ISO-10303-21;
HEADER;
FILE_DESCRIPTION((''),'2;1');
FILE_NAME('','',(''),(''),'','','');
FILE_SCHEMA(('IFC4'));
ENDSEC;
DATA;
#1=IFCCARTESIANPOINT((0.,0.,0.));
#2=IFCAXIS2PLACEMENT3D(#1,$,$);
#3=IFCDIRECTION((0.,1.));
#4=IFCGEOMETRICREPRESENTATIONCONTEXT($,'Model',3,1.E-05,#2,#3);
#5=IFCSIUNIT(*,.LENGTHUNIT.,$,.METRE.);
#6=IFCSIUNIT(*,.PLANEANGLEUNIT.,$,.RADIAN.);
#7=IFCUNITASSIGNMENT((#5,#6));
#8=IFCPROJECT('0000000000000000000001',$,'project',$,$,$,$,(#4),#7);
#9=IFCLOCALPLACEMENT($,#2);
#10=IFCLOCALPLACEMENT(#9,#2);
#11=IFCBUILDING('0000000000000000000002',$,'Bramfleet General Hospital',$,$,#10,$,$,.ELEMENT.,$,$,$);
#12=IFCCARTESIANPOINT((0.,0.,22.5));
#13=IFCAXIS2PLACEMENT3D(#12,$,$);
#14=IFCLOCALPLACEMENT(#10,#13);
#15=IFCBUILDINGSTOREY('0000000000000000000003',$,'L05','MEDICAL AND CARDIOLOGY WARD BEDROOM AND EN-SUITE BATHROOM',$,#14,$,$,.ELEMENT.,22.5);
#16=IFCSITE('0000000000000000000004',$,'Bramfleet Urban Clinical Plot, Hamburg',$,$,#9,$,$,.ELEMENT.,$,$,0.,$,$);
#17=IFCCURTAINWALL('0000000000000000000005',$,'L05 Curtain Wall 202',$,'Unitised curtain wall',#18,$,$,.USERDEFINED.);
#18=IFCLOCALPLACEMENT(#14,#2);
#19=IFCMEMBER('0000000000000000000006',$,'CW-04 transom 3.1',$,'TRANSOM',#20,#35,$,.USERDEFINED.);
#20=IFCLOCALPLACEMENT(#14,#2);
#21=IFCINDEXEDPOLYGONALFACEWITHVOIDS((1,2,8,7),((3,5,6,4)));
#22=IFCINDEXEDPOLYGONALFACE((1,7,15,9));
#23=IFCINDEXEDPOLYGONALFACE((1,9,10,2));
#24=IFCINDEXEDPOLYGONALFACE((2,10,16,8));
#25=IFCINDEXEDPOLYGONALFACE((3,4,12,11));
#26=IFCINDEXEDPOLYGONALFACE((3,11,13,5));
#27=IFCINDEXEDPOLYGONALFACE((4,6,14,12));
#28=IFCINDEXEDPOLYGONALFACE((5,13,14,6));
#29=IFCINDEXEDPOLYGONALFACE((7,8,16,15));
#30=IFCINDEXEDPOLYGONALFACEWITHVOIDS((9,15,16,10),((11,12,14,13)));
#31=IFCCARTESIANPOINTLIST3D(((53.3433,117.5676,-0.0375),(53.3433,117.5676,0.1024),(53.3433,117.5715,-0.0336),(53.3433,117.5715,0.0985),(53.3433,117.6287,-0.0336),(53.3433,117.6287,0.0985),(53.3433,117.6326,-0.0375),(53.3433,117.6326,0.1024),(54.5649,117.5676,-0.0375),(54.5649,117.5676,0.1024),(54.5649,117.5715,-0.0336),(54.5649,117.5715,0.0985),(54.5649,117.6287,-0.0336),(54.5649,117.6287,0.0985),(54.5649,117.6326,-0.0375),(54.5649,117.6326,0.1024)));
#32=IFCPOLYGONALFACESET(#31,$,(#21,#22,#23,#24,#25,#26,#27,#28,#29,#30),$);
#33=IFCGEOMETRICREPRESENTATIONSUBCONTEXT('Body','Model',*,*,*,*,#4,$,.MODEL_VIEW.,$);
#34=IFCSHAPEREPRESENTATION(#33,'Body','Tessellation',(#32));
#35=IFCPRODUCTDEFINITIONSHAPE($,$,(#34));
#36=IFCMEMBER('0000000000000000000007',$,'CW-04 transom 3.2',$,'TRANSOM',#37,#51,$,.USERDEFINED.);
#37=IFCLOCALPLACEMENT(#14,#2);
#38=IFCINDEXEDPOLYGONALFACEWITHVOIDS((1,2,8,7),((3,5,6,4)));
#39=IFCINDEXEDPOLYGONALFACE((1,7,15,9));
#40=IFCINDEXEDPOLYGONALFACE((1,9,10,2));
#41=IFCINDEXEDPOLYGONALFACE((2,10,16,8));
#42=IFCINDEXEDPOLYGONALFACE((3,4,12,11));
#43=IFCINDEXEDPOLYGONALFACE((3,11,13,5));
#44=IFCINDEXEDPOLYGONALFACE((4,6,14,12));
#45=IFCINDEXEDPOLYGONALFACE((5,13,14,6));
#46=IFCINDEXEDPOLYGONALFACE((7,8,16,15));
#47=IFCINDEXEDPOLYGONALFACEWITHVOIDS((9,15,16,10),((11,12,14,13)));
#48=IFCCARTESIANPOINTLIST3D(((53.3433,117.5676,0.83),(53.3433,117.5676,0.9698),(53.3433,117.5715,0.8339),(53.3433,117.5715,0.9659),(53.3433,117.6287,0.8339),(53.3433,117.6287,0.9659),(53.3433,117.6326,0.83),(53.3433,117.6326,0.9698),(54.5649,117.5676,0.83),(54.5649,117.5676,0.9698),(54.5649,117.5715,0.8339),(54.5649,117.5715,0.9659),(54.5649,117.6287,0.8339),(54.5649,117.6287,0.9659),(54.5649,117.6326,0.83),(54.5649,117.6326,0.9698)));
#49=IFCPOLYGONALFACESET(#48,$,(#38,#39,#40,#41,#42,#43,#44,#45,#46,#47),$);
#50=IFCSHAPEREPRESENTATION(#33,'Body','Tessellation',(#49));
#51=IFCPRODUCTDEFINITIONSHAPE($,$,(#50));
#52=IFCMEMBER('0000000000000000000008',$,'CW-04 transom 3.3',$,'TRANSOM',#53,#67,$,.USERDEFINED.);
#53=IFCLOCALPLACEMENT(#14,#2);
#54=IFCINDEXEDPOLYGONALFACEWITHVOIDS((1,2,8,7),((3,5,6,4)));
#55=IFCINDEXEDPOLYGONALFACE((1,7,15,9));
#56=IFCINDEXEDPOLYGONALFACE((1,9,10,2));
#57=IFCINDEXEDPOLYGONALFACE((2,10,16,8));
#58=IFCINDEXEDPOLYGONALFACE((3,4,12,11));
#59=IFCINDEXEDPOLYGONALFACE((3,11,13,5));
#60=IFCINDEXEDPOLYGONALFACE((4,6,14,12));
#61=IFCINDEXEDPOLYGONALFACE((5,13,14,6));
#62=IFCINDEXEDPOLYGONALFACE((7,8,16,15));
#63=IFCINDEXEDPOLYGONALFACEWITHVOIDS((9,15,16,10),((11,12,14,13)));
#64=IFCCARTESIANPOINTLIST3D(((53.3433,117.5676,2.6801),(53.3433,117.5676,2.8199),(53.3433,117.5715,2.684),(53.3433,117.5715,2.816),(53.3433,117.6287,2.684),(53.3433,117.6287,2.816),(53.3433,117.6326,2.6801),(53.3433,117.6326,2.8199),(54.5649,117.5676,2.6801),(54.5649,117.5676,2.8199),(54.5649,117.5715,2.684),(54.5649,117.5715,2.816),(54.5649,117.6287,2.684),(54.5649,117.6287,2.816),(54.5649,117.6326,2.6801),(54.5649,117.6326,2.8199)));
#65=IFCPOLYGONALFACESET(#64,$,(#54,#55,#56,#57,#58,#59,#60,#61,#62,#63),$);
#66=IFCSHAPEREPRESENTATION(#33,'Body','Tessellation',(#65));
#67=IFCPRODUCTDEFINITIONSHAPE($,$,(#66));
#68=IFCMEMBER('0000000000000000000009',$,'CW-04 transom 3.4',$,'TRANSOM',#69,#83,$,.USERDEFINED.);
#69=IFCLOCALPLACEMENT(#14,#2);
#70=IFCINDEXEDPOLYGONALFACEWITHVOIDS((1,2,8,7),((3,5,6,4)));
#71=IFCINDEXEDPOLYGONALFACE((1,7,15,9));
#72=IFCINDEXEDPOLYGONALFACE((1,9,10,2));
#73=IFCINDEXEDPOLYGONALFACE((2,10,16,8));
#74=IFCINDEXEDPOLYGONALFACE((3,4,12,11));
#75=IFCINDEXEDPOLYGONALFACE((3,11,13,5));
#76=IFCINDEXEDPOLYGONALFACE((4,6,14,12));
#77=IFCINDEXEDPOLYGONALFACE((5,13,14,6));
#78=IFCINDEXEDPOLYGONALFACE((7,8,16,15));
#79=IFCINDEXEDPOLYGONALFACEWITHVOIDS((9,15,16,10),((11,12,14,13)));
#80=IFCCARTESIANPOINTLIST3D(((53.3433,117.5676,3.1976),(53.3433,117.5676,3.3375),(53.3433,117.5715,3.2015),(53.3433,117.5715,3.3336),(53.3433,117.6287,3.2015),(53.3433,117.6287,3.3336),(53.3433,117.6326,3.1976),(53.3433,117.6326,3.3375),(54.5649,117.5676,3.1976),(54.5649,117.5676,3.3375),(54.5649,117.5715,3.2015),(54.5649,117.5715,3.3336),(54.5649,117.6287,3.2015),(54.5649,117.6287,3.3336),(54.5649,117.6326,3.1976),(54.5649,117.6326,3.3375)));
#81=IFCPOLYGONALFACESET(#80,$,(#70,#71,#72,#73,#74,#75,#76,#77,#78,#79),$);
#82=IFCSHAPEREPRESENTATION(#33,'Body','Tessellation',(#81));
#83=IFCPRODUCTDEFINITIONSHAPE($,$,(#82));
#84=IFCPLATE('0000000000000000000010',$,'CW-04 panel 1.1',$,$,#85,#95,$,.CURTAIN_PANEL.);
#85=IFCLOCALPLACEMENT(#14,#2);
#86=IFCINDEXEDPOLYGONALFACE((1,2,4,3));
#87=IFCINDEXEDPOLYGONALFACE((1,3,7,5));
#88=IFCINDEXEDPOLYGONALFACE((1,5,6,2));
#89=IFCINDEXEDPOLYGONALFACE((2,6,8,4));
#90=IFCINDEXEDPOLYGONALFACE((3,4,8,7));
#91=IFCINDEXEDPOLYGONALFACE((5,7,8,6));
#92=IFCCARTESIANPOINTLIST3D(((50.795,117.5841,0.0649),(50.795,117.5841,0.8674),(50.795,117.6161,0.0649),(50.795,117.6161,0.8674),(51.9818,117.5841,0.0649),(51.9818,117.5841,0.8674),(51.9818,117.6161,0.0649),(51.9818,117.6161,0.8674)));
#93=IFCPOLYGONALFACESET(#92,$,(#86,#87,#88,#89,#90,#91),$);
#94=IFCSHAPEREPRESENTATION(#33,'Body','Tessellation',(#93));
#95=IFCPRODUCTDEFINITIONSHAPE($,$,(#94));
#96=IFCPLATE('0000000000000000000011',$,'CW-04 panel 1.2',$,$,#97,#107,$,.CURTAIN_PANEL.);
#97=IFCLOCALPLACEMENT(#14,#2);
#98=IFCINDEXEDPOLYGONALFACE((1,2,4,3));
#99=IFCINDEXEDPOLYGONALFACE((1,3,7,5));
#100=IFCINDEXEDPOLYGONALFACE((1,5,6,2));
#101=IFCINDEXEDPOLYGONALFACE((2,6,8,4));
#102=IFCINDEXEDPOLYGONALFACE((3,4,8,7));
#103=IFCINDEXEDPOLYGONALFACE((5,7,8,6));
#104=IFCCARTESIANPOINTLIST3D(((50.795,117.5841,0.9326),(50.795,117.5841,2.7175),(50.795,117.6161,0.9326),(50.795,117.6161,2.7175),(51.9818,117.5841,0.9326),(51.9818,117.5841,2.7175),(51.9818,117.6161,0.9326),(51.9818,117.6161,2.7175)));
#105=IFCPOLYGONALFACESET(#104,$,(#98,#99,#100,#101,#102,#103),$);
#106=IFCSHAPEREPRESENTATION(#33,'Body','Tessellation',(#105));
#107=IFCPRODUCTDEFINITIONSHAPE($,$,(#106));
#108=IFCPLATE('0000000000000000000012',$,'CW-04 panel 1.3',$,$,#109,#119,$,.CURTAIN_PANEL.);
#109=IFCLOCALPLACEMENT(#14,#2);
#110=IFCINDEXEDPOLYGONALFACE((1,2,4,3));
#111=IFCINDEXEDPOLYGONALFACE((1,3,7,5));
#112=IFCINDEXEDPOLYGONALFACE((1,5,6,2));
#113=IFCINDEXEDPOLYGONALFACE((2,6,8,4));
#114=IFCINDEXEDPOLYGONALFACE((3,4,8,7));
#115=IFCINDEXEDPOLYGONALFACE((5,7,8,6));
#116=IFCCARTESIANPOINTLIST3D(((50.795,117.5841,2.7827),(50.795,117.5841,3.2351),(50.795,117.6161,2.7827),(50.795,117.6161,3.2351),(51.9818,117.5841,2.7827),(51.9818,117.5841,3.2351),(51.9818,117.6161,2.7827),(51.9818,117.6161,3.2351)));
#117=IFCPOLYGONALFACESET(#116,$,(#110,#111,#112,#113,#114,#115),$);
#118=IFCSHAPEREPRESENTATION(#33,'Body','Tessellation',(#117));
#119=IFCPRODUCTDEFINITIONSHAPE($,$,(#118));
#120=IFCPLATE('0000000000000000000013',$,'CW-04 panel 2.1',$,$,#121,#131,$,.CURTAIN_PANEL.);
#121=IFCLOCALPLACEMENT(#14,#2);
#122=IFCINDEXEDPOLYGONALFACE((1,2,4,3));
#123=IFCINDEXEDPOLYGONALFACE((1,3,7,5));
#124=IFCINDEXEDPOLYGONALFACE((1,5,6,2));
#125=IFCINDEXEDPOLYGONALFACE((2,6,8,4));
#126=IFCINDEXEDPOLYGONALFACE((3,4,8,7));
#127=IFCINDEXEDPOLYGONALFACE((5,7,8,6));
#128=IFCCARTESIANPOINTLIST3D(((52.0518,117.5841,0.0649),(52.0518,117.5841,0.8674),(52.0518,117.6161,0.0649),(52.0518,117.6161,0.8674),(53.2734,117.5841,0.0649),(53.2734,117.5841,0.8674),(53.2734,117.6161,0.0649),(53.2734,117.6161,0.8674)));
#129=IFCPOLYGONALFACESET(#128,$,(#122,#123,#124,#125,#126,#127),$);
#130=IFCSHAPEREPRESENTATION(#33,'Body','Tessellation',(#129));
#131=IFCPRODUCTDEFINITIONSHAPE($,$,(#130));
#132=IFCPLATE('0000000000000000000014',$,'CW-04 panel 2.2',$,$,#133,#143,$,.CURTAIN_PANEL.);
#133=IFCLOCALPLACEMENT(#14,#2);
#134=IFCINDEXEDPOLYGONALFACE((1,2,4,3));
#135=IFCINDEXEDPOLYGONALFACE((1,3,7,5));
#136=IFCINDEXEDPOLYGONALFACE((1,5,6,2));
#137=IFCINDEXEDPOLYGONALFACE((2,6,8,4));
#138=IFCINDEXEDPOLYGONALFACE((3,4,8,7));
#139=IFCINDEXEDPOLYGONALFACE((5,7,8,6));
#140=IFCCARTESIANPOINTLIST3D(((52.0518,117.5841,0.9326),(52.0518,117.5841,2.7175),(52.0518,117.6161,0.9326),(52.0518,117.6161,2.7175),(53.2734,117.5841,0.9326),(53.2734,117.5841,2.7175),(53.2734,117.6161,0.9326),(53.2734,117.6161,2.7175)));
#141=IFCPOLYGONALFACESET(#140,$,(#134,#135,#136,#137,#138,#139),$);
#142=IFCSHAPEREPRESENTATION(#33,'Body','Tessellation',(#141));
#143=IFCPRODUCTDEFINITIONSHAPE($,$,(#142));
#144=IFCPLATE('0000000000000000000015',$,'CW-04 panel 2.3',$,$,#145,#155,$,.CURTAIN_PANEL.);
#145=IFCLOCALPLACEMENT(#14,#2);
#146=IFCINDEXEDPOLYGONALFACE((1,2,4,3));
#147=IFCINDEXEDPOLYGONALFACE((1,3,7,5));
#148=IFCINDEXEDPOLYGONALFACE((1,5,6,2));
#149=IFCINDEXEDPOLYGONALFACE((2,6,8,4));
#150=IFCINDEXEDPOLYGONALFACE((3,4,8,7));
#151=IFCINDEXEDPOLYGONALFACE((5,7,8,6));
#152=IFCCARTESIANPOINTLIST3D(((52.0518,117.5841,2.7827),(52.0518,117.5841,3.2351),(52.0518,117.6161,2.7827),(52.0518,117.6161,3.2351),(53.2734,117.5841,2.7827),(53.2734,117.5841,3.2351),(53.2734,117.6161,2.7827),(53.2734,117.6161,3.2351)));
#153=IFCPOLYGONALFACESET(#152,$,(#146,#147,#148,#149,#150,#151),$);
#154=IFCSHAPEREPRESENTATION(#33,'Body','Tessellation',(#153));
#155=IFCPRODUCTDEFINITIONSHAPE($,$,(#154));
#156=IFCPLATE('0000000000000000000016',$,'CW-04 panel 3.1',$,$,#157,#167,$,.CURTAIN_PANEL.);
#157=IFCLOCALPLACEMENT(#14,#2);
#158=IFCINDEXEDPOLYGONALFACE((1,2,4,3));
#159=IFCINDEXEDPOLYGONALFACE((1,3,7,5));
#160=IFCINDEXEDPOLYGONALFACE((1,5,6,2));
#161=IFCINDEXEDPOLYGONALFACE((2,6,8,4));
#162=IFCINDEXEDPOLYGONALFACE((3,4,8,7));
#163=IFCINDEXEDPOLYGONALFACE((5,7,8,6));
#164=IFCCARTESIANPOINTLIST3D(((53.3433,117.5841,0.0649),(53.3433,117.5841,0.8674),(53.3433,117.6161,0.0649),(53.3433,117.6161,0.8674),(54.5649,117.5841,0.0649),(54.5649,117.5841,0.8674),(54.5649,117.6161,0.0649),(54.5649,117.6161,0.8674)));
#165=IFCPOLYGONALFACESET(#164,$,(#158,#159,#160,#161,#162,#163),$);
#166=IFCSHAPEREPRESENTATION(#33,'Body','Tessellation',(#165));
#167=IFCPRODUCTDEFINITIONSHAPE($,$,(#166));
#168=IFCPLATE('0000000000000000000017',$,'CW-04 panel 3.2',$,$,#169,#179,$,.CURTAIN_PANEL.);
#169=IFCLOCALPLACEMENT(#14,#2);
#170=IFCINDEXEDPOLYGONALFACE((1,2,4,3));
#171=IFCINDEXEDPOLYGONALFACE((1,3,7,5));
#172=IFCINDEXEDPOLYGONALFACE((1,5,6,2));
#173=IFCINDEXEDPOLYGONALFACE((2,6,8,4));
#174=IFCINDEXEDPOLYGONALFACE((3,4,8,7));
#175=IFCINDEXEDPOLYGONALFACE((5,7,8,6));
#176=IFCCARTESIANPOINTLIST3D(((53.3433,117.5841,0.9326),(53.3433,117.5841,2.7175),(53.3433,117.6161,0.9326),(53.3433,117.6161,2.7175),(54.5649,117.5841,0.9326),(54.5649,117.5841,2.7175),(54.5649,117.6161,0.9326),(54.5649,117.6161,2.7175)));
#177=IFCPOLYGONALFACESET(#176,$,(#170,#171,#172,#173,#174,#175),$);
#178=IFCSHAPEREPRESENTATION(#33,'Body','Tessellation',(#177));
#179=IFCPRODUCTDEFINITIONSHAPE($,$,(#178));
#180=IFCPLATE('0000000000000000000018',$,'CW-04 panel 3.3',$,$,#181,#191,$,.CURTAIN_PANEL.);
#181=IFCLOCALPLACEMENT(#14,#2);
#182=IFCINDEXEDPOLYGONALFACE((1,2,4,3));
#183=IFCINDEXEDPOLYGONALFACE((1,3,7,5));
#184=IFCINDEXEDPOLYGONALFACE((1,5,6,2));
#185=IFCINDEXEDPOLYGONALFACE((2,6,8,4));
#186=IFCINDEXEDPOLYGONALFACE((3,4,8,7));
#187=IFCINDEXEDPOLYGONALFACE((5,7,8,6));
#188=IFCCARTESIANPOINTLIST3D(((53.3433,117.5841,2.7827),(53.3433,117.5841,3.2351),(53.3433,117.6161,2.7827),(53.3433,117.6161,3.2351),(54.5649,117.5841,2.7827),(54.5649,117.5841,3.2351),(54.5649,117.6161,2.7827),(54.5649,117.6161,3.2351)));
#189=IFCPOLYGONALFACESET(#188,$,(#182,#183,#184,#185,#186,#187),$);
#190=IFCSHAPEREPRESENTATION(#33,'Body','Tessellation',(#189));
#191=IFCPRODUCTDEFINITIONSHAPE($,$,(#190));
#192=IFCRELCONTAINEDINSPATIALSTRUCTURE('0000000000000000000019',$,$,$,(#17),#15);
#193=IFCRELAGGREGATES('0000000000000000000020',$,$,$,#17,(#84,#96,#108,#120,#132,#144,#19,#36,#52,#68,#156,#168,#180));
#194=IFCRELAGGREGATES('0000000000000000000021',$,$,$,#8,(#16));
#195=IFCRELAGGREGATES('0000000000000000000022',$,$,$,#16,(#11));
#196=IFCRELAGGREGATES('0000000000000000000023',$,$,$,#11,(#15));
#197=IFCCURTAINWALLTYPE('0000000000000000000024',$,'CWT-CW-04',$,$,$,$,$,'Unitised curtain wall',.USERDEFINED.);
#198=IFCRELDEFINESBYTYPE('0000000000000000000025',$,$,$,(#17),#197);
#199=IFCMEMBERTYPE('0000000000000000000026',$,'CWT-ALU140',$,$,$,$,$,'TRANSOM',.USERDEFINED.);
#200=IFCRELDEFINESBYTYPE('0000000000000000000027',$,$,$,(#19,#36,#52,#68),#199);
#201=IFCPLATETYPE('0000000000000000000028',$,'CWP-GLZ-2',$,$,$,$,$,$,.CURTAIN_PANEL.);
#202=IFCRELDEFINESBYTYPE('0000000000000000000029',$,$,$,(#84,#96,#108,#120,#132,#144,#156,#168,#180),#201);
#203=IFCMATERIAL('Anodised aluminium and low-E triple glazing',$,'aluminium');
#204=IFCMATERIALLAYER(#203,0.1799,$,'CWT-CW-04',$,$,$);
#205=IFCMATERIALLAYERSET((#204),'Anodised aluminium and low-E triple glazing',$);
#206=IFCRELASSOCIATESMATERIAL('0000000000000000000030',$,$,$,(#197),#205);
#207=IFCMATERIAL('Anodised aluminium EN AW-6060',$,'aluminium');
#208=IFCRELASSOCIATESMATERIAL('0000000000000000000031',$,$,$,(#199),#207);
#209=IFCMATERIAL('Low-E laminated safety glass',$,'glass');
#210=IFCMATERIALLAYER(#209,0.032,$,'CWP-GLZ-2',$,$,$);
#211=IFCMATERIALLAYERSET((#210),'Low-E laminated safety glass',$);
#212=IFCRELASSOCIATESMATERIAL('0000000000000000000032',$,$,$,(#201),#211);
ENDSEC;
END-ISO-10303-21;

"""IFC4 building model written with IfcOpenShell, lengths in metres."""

from ifc_helpers import new_model, si_unit, direction, frame, origin, origin_2d, place, context, subcontext, project, spatial, rectangle, hollow_rectangle, extrude, material, layer, layer_set, material_profile, profile_set, type_object, element, aggregate, save


model = new_model("IFC4")

# Units and contexts
model_context = context("Model", 3, precision=1e-05, world=origin(), true_north=direction((0.0, 1.0)))
body_context = subcontext(model_context, "Body", "Model", "MODEL_VIEW")
ifc_project = project(units=[si_unit("LENGTHUNIT", "METRE"), si_unit("PLANEANGLEUNIT", "RADIAN")], contexts=[model_context])

# Site, building, storey
site_placement = place(None, origin())
site = spatial("IfcSite", under=ifc_project, at=site_placement, Name="Bramfleet Urban Clinical Plot, Hamburg", CompositionType="ELEMENT", RefElevation=0.0)
building_placement = place(site_placement, origin())
building = spatial("IfcBuilding", under=site, at=building_placement, Name="Bramfleet General Hospital", CompositionType="ELEMENT")
storey_placement = place(building_placement, frame((0.0, 0.0, 22.5)))
storey = spatial("IfcBuildingStorey", under=building, at=storey_placement, Name="L05", Description="MEDICAL AND CARDIOLOGY WARD BEDROOM AND EN-SUITE BATHROOM", CompositionType="ELEMENT", Elevation=22.5)

# Curtain wall, members, plates
ifc_material_1 = material(Name="Anodised aluminium and low-E triple glazing", Category="aluminium")
ifc_layer_1 = layer(ifc_material_1, 0.1799, Name="CWT-CW-04")
ifc_layer_set_1 = layer_set([ifc_layer_1], Name="Anodised aluminium and low-E triple glazing")
curtain_wall_type = type_object("IfcCurtainWallType", Name="CWT-CW-04", ElementType="Unitised curtain wall", PredefinedType="USERDEFINED", material=ifc_layer_set_1)
curtain_wall_placement = place(storey_placement, origin())
curtain_wall = element("IfcCurtainWall", 1, at=curtain_wall_placement, inside=storey, type_object=curtain_wall_type, Name="L05 Curtain Wall 202", ObjectType="Unitised curtain wall", PredefinedType="USERDEFINED")
ifc_material_2 = material(Name="Anodised aluminium EN AW-6060", Category="aluminium")
ifc_material_profile_1 = material_profile(ifc_material_2, hollow_rectangle(XDim=0.0649, YDim=0.1399, WallThickness=0.0039, at=origin_2d()), Name="ALU 140x65x4.0")
ifc_profile_set_1 = profile_set([ifc_material_profile_1], Name="Anodised aluminium EN AW-6060")
member_type_1 = type_object("IfcMemberType", Name="CWT-ALU140", ElementType="TRANSOM", PredefinedType="USERDEFINED", material=ifc_profile_set_1)
member_1_placement = place(storey_placement, frame((53.3433, 117.6001, 0.0325), z_axis=(1.0, 0.0, 0.0), x_axis=(0.0, 1.0, 0.0)))
member_1 = element("IfcMember", 2, at=member_1_placement, type_object=member_type_1, Name="CW-04 transom 3.1", ObjectType="TRANSOM", PredefinedType="USERDEFINED", context=body_context, shape_type="SweptSolid", body=[
    extrude(hollow_rectangle(XDim=0.0649, YDim=0.1399, WallThickness=0.0039, at=origin_2d()), origin(), (0.0, 0.0, 1.0), 1.2217),
])
member_2_placement = place(storey_placement, frame((53.3433, 117.6001, 0.8999), z_axis=(1.0, 0.0, 0.0), x_axis=(0.0, 1.0, 0.0)))
member_2 = element("IfcMember", 3, at=member_2_placement, type_object=member_type_1, Name="CW-04 transom 3.2", ObjectType="TRANSOM", PredefinedType="USERDEFINED", context=body_context, shape_type="SweptSolid", body=[
    extrude(hollow_rectangle(XDim=0.0649, YDim=0.1399, WallThickness=0.0039, at=origin_2d()), origin(), (0.0, 0.0, 1.0), 1.2217),
])
member_3_placement = place(storey_placement, frame((53.3433, 117.6001, 2.75), z_axis=(1.0, 0.0, 0.0), x_axis=(0.0, 1.0, 0.0)))
member_3 = element("IfcMember", 4, at=member_3_placement, type_object=member_type_1, Name="CW-04 transom 3.3", ObjectType="TRANSOM", PredefinedType="USERDEFINED", context=body_context, shape_type="SweptSolid", body=[
    extrude(hollow_rectangle(XDim=0.0649, YDim=0.1399, WallThickness=0.0039, at=origin_2d()), origin(), (0.0, 0.0, 1.0), 1.2217),
])
member_4_placement = place(storey_placement, frame((53.3433, 117.6001, 3.2676), z_axis=(1.0, 0.0, 0.0), x_axis=(0.0, 1.0, 0.0)))
member_4 = element("IfcMember", 5, at=member_4_placement, type_object=member_type_1, Name="CW-04 transom 3.4", ObjectType="TRANSOM", PredefinedType="USERDEFINED", context=body_context, shape_type="SweptSolid", body=[
    extrude(hollow_rectangle(XDim=0.0649, YDim=0.1399, WallThickness=0.0039, at=origin_2d()), origin(), (0.0, 0.0, 1.0), 1.2217),
])
ifc_material_3 = material(Name="Low-E laminated safety glass", Category="glass")
ifc_layer_2 = layer(ifc_material_3, 0.032, Name="CWP-GLZ-2")
ifc_layer_set_2 = layer_set([ifc_layer_2], Name="Low-E laminated safety glass")
plate_type = type_object("IfcPlateType", Name="CWP-GLZ-2", PredefinedType="CURTAIN_PANEL", material=ifc_layer_set_2)
plate_1_placement = place(storey_placement, frame((51.3884, 117.6001, 0.0649), z_axis=(0.0, 0.0, 1.0), x_axis=(1.0, 0.0, 0.0)))
plate_1 = element("IfcPlate", 6, at=plate_1_placement, type_object=plate_type, Name="CW-04 panel 1.1", PredefinedType="CURTAIN_PANEL", context=body_context, shape_type="SweptSolid", body=[
    extrude(rectangle(XDim=1.1868, YDim=0.032, at=origin_2d()), origin(), (0.0, 0.0, 1.0), 0.8025),
])
plate_2_placement = place(storey_placement, frame((51.3884, 117.6001, 0.9326), z_axis=(0.0, 0.0, 1.0), x_axis=(1.0, 0.0, 0.0)))
plate_2 = element("IfcPlate", 7, at=plate_2_placement, type_object=plate_type, Name="CW-04 panel 1.2", PredefinedType="CURTAIN_PANEL", context=body_context, shape_type="SweptSolid", body=[
    extrude(rectangle(XDim=1.1868, YDim=0.032, at=origin_2d()), origin(), (0.0, 0.0, 1.0), 1.7849),
])
plate_3_placement = place(storey_placement, frame((51.3884, 117.6001, 2.7827), z_axis=(0.0, 0.0, 1.0), x_axis=(1.0, 0.0, 0.0)))
plate_3 = element("IfcPlate", 8, at=plate_3_placement, type_object=plate_type, Name="CW-04 panel 1.3", PredefinedType="CURTAIN_PANEL", context=body_context, shape_type="SweptSolid", body=[
    extrude(rectangle(XDim=1.1868, YDim=0.032, at=origin_2d()), origin(), (0.0, 0.0, 1.0), 0.4524),
])
plate_4_placement = place(storey_placement, frame((52.6626, 117.6001, 0.0649), z_axis=(0.0, 0.0, 1.0), x_axis=(1.0, 0.0, 0.0)))
plate_4 = element("IfcPlate", 9, at=plate_4_placement, type_object=plate_type, Name="CW-04 panel 2.1", PredefinedType="CURTAIN_PANEL", context=body_context, shape_type="SweptSolid", body=[
    extrude(rectangle(XDim=1.2217, YDim=0.032, at=origin_2d()), origin(), (0.0, 0.0, 1.0), 0.8025),
])
plate_5_placement = place(storey_placement, frame((52.6626, 117.6001, 0.9326), z_axis=(0.0, 0.0, 1.0), x_axis=(1.0, 0.0, 0.0)))
plate_5 = element("IfcPlate", 10, at=plate_5_placement, type_object=plate_type, Name="CW-04 panel 2.2", PredefinedType="CURTAIN_PANEL", context=body_context, shape_type="SweptSolid", body=[
    extrude(rectangle(XDim=1.2217, YDim=0.032, at=origin_2d()), origin(), (0.0, 0.0, 1.0), 1.7849),
])
plate_6_placement = place(storey_placement, frame((52.6626, 117.6001, 2.7827), z_axis=(0.0, 0.0, 1.0), x_axis=(1.0, 0.0, 0.0)))
plate_6 = element("IfcPlate", 11, at=plate_6_placement, type_object=plate_type, Name="CW-04 panel 2.3", PredefinedType="CURTAIN_PANEL", context=body_context, shape_type="SweptSolid", body=[
    extrude(rectangle(XDim=1.2217, YDim=0.032, at=origin_2d()), origin(), (0.0, 0.0, 1.0), 0.4524),
])
plate_7_placement = place(storey_placement, frame((53.9541, 117.6001, 0.0649), z_axis=(0.0, 0.0, 1.0), x_axis=(1.0, 0.0, 0.0)))
plate_7 = element("IfcPlate", 12, at=plate_7_placement, type_object=plate_type, Name="CW-04 panel 3.1", PredefinedType="CURTAIN_PANEL", context=body_context, shape_type="SweptSolid", body=[
    extrude(rectangle(XDim=1.2217, YDim=0.032, at=origin_2d()), origin(), (0.0, 0.0, 1.0), 0.8025),
])
plate_8_placement = place(storey_placement, frame((53.9541, 117.6001, 0.9326), z_axis=(0.0, 0.0, 1.0), x_axis=(1.0, 0.0, 0.0)))
plate_8 = element("IfcPlate", 13, at=plate_8_placement, type_object=plate_type, Name="CW-04 panel 3.2", PredefinedType="CURTAIN_PANEL", context=body_context, shape_type="SweptSolid", body=[
    extrude(rectangle(XDim=1.2217, YDim=0.032, at=origin_2d()), origin(), (0.0, 0.0, 1.0), 1.7849),
])
plate_9_placement = place(storey_placement, frame((53.9541, 117.6001, 2.7827), z_axis=(0.0, 0.0, 1.0), x_axis=(1.0, 0.0, 0.0)))
plate_9 = element("IfcPlate", 14, at=plate_9_placement, type_object=plate_type, Name="CW-04 panel 3.3", PredefinedType="CURTAIN_PANEL", context=body_context, shape_type="SweptSolid", body=[
    extrude(rectangle(XDim=1.2217, YDim=0.032, at=origin_2d()), origin(), (0.0, 0.0, 1.0), 0.4524),
])
aggregate(curtain_wall, [plate_1, plate_2, plate_3, plate_4, plate_5, plate_6, member_1, member_2, member_3, member_4, plate_7, plate_8, plate_9])

save(model, "model.ifc")
